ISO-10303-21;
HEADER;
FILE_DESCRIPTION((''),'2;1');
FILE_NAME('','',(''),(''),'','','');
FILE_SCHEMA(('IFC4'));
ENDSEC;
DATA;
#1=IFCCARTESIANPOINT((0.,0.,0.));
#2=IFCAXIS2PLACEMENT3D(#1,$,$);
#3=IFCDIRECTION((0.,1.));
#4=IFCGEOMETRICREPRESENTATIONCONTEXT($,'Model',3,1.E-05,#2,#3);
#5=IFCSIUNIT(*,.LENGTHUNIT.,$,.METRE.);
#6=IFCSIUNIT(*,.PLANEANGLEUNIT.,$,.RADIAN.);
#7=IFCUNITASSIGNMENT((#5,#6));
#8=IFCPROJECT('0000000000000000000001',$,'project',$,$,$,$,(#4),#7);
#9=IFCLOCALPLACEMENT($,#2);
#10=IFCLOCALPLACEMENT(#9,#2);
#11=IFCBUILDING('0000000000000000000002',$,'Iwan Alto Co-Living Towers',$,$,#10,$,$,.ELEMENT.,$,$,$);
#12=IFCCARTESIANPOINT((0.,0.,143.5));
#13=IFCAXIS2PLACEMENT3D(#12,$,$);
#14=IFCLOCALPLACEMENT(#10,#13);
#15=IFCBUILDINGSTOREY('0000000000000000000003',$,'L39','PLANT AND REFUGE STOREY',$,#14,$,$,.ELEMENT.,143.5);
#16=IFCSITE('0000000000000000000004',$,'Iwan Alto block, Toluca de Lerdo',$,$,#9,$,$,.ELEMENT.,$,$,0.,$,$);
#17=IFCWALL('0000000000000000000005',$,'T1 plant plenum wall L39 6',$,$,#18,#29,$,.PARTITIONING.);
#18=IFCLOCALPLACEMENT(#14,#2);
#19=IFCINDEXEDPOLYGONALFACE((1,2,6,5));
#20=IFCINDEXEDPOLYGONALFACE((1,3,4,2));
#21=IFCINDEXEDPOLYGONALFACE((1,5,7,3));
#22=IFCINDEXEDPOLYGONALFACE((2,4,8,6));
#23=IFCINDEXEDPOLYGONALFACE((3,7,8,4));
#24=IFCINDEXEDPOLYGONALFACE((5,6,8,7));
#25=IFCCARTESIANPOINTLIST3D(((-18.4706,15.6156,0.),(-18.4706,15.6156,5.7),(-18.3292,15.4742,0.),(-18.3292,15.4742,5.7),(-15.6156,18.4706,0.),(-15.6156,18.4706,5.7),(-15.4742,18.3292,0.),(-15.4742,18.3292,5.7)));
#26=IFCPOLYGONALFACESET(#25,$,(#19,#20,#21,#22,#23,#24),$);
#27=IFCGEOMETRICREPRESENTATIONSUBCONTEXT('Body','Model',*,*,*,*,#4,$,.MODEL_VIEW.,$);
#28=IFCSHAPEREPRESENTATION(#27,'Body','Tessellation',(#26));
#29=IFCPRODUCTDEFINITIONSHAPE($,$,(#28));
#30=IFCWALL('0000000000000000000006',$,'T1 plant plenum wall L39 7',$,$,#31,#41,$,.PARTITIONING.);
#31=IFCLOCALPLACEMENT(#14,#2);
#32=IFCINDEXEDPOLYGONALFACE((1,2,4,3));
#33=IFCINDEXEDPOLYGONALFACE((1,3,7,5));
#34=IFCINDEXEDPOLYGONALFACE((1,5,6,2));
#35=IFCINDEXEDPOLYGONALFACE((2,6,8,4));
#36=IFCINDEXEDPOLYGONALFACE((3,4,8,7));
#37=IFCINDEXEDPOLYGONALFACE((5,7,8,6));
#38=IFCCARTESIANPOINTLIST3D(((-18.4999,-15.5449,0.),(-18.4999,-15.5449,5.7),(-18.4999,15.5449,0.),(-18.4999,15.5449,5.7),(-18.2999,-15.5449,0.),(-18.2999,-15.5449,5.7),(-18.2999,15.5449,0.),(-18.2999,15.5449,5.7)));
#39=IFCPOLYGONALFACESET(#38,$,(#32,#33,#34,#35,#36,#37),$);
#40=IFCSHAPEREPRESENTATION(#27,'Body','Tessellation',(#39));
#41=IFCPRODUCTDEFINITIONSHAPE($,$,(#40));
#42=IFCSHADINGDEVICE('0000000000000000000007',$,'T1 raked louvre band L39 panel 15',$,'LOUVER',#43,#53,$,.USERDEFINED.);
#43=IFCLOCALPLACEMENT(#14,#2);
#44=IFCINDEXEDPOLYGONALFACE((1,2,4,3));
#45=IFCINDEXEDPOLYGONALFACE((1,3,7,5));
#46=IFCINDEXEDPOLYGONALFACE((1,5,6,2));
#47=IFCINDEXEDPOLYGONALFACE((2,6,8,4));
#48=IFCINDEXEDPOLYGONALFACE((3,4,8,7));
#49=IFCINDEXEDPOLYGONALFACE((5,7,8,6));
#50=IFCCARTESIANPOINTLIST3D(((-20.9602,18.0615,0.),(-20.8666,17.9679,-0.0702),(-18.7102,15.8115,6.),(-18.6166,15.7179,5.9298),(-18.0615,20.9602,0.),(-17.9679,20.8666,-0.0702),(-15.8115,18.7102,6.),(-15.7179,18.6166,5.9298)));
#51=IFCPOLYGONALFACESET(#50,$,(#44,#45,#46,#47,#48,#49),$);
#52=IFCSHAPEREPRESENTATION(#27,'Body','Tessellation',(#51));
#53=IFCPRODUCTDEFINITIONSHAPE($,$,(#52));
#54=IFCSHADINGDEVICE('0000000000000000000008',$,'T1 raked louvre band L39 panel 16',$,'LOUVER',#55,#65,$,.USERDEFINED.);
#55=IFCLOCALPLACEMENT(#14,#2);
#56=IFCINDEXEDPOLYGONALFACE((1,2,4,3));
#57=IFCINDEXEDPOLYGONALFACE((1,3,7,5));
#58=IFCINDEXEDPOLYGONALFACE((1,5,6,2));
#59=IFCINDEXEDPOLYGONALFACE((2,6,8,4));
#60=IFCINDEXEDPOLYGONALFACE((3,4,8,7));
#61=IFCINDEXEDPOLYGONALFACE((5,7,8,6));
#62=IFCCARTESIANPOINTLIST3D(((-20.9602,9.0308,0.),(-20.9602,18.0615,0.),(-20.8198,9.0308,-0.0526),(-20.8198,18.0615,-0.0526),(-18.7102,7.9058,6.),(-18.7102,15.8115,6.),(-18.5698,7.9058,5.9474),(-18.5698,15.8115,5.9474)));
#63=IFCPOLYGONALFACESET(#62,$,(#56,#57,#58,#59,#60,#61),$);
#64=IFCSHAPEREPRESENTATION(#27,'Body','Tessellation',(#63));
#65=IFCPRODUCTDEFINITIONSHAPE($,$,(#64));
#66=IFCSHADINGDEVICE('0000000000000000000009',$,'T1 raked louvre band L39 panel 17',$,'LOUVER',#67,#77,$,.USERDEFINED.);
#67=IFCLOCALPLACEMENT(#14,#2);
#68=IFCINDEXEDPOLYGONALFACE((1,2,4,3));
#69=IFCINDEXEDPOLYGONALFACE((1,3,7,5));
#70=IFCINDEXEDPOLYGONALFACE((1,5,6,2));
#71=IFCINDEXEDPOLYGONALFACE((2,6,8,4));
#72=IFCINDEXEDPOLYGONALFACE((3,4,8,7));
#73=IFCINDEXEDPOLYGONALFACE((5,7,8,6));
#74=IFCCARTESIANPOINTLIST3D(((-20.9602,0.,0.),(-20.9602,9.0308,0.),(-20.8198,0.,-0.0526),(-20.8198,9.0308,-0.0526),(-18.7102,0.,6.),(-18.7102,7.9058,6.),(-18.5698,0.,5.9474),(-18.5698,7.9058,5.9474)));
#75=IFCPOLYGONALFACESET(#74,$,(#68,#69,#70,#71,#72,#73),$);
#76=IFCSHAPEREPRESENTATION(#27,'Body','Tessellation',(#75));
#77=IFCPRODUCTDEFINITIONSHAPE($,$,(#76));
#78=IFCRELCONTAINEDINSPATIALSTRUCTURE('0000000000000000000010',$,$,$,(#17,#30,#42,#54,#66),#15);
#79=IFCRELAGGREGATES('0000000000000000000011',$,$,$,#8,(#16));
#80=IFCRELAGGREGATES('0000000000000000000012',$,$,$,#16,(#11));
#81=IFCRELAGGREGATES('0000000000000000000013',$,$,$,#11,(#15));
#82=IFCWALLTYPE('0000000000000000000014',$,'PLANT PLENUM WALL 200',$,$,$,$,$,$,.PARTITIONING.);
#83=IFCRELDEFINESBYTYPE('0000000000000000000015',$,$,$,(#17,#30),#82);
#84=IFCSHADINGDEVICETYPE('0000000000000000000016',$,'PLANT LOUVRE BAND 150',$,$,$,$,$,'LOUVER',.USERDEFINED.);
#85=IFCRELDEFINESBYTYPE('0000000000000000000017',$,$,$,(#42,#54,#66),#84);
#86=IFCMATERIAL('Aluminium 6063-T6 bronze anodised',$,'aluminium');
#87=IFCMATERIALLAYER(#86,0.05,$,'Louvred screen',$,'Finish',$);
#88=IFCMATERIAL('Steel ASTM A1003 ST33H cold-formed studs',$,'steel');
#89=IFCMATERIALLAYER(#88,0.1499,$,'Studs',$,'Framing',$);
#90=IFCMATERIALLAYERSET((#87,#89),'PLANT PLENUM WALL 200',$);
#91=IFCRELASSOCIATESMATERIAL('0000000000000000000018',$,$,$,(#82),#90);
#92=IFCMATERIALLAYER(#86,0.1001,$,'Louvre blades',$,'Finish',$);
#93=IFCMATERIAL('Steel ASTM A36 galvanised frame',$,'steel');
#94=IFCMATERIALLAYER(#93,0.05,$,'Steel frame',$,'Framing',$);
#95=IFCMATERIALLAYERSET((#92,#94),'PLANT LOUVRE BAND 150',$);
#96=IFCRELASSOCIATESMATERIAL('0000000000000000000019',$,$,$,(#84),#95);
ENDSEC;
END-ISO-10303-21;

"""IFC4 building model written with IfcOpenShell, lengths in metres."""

from ifc_helpers import new_model, si_unit, direction, frame, frame_2d, origin, place, context, subcontext, project, spatial, polyline, rectangle, outline, extrude, material, layer, layer_set, type_object, element, save


model = new_model("IFC4")

# Units and contexts
model_context = context("Model", 3, precision=1e-05, world=origin(), true_north=direction((0.0, 1.0)))
body_context = subcontext(model_context, "Body", "Model", "MODEL_VIEW")
ifc_project = project(units=[si_unit("LENGTHUNIT", "METRE"), si_unit("PLANEANGLEUNIT", "RADIAN")], contexts=[model_context])

# Site, building, storey
site_placement = place(None, origin())
site = spatial("IfcSite", under=ifc_project, at=site_placement, Name="Iwan Alto block, Toluca de Lerdo", CompositionType="ELEMENT", RefElevation=0.0)
building_placement = place(site_placement, origin())
building = spatial("IfcBuilding", under=site, at=building_placement, Name="Iwan Alto Co-Living Towers", CompositionType="ELEMENT")
storey_placement = place(building_placement, frame((0.0, 0.0, 143.5)))
storey = spatial("IfcBuildingStorey", under=building, at=storey_placement, Name="L39", Description="PLANT AND REFUGE STOREY", CompositionType="ELEMENT", Elevation=143.5)

# Shared definitions
ifc_material_1 = material(Name="Steel ASTM A1003 ST33H cold-formed studs", Category="steel")

# Walls
ifc_material_2 = material(Name="Aluminium 6063-T6 bronze anodised", Category="aluminium")
ifc_layer_1 = layer(ifc_material_2, 0.05, Name="Louvred screen", Category="Finish")
ifc_layer_2 = layer(ifc_material_1, 0.1499, Name="Studs", Category="Framing")
ifc_layer_set_1 = layer_set([ifc_layer_1, ifc_layer_2], Name="PLANT PLENUM WALL 200")
wall_type_1 = type_object("IfcWallType", Name="PLANT PLENUM WALL 200", PredefinedType="PARTITIONING", material=ifc_layer_set_1)
wall_1_placement = place(storey_placement, frame((-15.5449, 18.3999, 0.0), z_axis=(0.0, 0.0, 1.0), x_axis=(-0.707107, -0.707107, 0.0)))
element("IfcWall", 1, at=wall_1_placement, inside=storey, type_object=wall_type_1, Name="T1 plant plenum wall L39 6", PredefinedType="PARTITIONING", context=body_context, shape_type="SweptSolid", body=[
    extrude(rectangle(XDim=4.0376, YDim=0.2, at=frame_2d((2.0188, 0.0))), origin(), (0.0, 0.0, 1.0), 5.7),
])
wall_2_placement = place(storey_placement, frame((-18.3999, 15.5449, 0.0), z_axis=(0.0, 0.0, 1.0), x_axis=(0.0, -1.0, 0.0)))
element("IfcWall", 2, at=wall_2_placement, inside=storey, type_object=wall_type_1, Name="T1 plant plenum wall L39 7", PredefinedType="PARTITIONING", context=body_context, shape_type="SweptSolid", body=[
    extrude(rectangle(XDim=31.0898, YDim=0.2, at=frame_2d((15.5449, 0.0))), origin(), (0.0, 0.0, 1.0), 5.7),
])

# Shading devices
ifc_layer_3 = layer(ifc_material_2, 0.1001, Name="Louvre blades", Category="Finish")
ifc_material_3 = material(Name="Steel ASTM A36 galvanised frame", Category="steel")
ifc_layer_4 = layer(ifc_material_3, 0.05, Name="Steel frame", Category="Framing")
ifc_layer_set_2 = layer_set([ifc_layer_3, ifc_layer_4], Name="PLANT LOUVRE BAND 150")
shading_device_type = type_object("IfcShadingDeviceType", Name="PLANT LOUVRE BAND 150", ElementType="LOUVER", PredefinedType="USERDEFINED", material=ifc_layer_set_2)
shading_device_1_placement = place(storey_placement, frame((-18.0615, 20.9602, 0.0), z_axis=(-0.624695, 0.624695, 0.468521), x_axis=(-0.707107, -0.707107, 0.0)))
element("IfcShadingDevice", 3, at=shading_device_1_placement, inside=storey, type_object=shading_device_type, Name="T1 raked louvre band L39 panel 15", ObjectType="LOUVER", PredefinedType="USERDEFINED", context=body_context, shape_type="SweptSolid", body=[
    extrude(outline(polyline([(0.0, 0.0), (4.0994, 0.0), (4.0994, 6.7915), (0.0, 6.7915), (0.0, 0.0)])), origin(), (0.0, 0.0, -1.0), 0.1499),
])
shading_device_2_placement = place(storey_placement, frame((-20.9602, 18.0615, 0.0), z_axis=(-0.936329, 0.0, 0.351123), x_axis=(0.0, -1.0, 0.0)))
element("IfcShadingDevice", 4, at=shading_device_2_placement, inside=storey, type_object=shading_device_type, Name="T1 raked louvre band L39 panel 16", ObjectType="LOUVER", PredefinedType="USERDEFINED", context=body_context, shape_type="SweptSolid", body=[
    extrude(outline(polyline([(0.0, 0.0), (9.0308, 0.0), (10.1558, 6.408), (2.25, 6.408), (0.0, 0.0)])), origin(), (0.0, 0.0, -1.0), 0.1499),
])
shading_device_3_placement = place(storey_placement, frame((-20.9602, 9.0308, 0.0), z_axis=(-0.936329, 0.0, 0.351123), x_axis=(0.0, -1.0, 0.0)))
element("IfcShadingDevice", 5, at=shading_device_3_placement, inside=storey, type_object=shading_device_type, Name="T1 raked louvre band L39 panel 17", ObjectType="LOUVER", PredefinedType="USERDEFINED", context=body_context, shape_type="SweptSolid", body=[
    extrude(outline(polyline([(0.0, 0.0), (9.0308, 0.0), (9.0308, 6.408), (1.125, 6.408), (0.0, 0.0)])), origin(), (0.0, 0.0, -1.0), 0.1499),
])

save(model, "model.ifc")
